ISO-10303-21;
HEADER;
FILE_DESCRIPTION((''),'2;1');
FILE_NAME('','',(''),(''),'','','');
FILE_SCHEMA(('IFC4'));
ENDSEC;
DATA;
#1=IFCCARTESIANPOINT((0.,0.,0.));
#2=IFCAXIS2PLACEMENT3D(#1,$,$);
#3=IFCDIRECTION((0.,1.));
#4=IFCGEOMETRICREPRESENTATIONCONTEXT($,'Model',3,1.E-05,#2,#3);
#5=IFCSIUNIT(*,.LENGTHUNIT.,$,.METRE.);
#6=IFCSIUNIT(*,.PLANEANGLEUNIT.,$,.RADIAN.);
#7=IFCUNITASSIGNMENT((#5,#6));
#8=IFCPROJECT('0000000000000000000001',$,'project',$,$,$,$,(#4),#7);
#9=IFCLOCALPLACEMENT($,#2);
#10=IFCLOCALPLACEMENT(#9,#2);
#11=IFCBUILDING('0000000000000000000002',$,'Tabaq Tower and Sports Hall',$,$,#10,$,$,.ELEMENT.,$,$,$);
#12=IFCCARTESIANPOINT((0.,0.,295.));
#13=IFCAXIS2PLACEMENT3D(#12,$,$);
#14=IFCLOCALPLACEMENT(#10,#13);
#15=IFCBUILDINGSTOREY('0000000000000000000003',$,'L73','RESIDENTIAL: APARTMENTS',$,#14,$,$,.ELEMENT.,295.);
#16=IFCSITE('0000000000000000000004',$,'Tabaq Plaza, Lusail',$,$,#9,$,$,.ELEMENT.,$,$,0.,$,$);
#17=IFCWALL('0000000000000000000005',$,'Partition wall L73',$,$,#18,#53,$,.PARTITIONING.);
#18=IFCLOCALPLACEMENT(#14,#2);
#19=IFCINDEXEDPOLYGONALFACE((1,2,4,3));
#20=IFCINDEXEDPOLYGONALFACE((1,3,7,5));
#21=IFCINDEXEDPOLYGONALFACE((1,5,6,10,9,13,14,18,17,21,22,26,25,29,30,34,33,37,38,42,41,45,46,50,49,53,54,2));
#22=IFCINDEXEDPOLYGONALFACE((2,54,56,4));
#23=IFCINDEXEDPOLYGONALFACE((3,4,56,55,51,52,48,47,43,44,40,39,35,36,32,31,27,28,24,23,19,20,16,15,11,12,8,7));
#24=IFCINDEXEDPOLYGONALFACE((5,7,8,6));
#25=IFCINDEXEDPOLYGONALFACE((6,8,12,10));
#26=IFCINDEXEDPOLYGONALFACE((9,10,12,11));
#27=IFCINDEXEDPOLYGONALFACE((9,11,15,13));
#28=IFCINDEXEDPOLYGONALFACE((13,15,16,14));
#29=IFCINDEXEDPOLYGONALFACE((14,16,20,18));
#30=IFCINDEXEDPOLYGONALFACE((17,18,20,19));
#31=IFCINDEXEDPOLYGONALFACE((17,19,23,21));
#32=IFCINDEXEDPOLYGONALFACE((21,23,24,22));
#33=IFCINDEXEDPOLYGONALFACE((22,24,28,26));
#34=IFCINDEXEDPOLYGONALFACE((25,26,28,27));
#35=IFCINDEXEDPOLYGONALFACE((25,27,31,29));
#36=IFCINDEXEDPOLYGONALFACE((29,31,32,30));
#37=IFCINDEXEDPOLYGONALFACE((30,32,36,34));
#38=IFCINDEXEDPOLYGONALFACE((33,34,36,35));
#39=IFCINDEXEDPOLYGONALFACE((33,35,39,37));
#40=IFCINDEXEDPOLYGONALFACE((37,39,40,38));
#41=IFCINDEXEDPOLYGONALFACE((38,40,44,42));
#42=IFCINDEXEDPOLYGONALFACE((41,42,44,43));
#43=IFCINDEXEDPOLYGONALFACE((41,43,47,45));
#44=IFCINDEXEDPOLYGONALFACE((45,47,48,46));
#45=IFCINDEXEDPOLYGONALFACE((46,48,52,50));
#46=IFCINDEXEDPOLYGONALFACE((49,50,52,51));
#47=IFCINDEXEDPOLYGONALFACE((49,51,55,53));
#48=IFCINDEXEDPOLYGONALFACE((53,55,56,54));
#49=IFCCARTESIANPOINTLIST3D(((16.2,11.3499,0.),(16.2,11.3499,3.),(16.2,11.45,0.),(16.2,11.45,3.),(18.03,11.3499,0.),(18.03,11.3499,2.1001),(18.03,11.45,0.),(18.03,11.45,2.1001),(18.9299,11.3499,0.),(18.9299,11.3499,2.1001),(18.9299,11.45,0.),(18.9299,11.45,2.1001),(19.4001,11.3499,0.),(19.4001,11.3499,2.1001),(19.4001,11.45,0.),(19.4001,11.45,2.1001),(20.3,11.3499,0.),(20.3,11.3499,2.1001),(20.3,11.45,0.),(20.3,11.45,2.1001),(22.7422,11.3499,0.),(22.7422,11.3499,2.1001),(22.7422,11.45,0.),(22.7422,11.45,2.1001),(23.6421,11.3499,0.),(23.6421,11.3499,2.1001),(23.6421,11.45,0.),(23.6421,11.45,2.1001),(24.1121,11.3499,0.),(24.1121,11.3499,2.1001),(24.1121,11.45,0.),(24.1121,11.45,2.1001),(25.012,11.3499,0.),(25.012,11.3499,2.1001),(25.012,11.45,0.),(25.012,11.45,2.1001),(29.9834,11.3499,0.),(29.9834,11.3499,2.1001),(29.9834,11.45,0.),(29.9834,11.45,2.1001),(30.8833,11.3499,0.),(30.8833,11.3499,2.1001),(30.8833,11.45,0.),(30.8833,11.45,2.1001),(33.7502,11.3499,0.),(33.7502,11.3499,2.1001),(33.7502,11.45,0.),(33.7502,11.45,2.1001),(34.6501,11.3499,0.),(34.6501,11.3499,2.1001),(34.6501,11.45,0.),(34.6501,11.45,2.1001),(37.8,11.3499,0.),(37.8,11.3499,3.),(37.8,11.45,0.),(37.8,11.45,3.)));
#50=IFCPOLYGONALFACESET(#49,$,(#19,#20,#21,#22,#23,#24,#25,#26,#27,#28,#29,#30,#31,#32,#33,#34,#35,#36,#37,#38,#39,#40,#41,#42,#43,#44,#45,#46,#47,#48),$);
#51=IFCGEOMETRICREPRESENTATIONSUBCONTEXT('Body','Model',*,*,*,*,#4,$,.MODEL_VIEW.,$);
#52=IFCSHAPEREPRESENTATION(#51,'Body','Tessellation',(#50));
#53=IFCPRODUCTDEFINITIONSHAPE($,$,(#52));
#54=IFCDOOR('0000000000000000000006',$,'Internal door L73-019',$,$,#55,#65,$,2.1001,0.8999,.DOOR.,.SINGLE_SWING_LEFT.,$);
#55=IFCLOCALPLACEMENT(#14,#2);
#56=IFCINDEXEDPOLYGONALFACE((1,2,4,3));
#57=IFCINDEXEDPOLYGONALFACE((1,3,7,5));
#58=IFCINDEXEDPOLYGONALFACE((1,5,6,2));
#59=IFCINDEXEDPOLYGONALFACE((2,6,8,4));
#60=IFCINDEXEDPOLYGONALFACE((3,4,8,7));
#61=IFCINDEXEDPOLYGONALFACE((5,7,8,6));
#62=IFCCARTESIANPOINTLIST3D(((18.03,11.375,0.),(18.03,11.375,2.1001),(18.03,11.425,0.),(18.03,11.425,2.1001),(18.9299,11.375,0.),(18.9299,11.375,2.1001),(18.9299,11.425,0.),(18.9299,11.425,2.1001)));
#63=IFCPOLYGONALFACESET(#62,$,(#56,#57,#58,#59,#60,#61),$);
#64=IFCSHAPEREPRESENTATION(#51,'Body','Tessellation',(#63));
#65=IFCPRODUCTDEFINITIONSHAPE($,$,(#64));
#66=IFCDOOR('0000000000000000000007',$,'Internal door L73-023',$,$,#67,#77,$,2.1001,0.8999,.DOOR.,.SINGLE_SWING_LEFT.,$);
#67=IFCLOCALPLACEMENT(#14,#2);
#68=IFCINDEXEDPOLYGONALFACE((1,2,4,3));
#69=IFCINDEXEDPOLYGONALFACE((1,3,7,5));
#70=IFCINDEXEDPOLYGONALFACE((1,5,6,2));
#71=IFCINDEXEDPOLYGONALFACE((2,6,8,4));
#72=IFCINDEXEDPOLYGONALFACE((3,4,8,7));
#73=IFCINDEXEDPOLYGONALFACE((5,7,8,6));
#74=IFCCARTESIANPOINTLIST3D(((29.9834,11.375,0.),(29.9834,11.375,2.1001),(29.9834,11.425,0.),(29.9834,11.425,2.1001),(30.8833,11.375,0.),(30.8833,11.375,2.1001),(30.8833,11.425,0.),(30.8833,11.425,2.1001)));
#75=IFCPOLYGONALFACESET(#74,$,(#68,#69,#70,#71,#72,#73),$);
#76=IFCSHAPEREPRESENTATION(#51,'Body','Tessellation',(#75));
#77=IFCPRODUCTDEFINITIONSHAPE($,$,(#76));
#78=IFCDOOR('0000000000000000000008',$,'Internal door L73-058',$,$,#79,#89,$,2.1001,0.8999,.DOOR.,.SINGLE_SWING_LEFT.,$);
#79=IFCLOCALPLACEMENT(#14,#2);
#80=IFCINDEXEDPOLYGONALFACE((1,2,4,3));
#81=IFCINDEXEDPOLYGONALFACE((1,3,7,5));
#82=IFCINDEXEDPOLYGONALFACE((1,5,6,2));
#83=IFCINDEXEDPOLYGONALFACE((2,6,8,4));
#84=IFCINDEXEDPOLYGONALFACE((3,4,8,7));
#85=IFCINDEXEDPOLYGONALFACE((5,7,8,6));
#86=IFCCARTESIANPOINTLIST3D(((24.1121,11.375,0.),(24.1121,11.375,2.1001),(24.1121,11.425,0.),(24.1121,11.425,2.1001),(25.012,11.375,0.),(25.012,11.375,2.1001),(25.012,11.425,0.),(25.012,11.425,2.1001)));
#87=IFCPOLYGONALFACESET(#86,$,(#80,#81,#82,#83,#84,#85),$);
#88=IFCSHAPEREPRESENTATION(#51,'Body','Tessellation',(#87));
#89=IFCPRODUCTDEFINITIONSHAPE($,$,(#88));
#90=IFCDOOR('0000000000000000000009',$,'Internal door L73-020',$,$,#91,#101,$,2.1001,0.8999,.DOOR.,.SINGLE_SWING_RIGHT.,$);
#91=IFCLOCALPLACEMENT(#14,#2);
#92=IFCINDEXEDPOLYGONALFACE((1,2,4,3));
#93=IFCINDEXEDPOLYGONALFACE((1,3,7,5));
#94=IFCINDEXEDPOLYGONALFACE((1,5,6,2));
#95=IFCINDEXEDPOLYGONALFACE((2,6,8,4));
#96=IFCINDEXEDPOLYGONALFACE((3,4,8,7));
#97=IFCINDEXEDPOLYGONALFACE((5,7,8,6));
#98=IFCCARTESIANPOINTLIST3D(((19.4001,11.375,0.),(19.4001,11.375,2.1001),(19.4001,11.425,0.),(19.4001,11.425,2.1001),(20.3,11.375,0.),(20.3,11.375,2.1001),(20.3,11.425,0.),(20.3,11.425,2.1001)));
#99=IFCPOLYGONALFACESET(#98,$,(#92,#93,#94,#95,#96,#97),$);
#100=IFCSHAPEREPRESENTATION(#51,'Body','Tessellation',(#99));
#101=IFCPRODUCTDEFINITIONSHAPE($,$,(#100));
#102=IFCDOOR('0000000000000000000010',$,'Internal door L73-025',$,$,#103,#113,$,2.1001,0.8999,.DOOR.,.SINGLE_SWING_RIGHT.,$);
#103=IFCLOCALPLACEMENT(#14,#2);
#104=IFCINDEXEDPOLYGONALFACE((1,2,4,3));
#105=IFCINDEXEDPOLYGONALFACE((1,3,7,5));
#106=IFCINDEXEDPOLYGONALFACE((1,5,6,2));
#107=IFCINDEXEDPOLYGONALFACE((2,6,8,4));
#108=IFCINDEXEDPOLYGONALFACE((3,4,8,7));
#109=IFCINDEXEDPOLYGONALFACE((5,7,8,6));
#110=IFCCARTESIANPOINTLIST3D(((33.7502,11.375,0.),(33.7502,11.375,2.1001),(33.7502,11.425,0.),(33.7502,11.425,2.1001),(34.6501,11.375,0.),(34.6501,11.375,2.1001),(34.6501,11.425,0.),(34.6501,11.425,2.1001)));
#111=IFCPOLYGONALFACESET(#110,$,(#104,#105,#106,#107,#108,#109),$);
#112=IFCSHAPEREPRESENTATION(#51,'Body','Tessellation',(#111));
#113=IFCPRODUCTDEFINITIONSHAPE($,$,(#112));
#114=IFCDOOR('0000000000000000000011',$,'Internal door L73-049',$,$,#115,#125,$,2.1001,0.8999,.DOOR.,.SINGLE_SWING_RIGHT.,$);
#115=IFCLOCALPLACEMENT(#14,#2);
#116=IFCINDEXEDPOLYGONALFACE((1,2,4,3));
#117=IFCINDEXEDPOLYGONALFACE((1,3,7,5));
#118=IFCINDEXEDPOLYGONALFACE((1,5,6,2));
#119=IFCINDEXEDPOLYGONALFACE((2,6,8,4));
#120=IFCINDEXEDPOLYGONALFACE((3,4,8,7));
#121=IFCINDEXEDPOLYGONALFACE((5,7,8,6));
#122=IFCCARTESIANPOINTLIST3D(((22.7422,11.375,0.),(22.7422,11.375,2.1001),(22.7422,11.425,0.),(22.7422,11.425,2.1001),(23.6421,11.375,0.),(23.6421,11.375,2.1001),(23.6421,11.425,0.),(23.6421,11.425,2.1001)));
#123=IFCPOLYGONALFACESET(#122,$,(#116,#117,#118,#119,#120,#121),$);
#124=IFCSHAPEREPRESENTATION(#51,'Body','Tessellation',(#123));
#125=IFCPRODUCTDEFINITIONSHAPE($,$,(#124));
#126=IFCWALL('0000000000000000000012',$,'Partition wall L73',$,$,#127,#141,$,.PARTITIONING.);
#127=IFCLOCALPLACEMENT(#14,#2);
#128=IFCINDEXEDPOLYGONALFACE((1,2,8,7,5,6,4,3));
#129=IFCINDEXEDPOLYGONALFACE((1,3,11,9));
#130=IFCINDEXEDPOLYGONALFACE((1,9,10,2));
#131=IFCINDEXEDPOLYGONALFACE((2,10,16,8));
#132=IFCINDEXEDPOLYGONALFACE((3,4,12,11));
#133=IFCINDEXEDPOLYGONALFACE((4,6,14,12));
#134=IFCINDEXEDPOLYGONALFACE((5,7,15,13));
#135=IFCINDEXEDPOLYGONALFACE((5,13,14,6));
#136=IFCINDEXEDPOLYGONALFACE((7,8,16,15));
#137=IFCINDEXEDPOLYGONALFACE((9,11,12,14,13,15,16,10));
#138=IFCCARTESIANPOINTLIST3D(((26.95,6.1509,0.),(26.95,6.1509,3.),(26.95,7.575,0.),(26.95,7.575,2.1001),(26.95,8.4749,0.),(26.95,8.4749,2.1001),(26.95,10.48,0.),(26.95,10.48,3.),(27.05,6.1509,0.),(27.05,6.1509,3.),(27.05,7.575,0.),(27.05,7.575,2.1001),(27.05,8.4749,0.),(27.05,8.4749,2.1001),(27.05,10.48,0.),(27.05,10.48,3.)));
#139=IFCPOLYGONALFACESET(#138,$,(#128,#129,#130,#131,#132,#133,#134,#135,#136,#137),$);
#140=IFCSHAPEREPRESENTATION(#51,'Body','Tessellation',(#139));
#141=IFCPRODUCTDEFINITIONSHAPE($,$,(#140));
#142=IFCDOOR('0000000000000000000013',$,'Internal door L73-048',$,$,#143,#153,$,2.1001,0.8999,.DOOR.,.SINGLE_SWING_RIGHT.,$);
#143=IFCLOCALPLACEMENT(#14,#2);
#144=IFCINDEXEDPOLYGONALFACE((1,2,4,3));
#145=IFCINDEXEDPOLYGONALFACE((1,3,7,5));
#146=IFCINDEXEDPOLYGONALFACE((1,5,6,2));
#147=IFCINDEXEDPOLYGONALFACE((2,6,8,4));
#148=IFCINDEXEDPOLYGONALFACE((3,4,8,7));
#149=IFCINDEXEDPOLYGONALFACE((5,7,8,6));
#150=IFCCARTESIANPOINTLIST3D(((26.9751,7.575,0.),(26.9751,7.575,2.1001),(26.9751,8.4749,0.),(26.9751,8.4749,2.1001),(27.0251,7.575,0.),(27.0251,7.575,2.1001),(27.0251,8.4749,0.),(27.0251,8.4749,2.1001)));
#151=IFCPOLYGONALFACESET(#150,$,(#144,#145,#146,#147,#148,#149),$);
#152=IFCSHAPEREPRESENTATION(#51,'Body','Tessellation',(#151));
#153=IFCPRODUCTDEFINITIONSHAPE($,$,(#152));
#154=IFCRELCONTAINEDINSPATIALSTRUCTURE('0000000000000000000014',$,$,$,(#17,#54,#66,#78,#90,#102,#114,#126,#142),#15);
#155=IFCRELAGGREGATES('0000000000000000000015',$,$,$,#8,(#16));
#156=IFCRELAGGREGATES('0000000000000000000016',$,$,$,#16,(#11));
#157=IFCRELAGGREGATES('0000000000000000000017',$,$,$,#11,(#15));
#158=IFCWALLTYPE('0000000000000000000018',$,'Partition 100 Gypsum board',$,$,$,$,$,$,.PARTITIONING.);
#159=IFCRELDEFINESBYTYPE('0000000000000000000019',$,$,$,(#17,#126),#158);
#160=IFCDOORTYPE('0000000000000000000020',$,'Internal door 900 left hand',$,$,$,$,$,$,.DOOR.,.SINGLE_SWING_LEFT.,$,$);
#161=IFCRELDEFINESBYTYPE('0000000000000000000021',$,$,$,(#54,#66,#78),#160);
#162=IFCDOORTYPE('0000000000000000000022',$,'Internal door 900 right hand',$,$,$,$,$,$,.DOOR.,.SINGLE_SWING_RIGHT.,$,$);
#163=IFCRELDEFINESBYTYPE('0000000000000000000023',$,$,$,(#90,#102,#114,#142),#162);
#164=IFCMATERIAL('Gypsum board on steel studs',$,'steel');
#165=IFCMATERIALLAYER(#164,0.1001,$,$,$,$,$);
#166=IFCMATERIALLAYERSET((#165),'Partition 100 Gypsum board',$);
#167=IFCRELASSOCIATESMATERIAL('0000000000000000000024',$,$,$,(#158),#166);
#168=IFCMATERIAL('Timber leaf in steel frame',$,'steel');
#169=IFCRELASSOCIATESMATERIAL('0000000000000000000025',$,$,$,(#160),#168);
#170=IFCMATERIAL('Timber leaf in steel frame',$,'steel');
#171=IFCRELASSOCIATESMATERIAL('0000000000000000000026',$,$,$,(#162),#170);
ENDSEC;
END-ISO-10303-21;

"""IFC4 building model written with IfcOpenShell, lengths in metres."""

from ifc_helpers import new_model, si_unit, direction, frame, frame_2d, origin, place, context, subcontext, project, spatial, rectangle, extrude, material, layer, layer_set, type_object, element, fill, save


model = new_model("IFC4")

# Units and contexts
model_context = context("Model", 3, precision=1e-05, world=origin(), true_north=direction((0.0, 1.0)))
body_context = subcontext(model_context, "Body", "Model", "MODEL_VIEW")
ifc_project = project(units=[si_unit("LENGTHUNIT", "METRE"), si_unit("PLANEANGLEUNIT", "RADIAN")], contexts=[model_context])

# Site, building, storey
site_placement = place(None, origin())
site = spatial("IfcSite", under=ifc_project, at=site_placement, Name="Tabaq Plaza, Lusail", CompositionType="ELEMENT", RefElevation=0.0)
building_placement = place(site_placement, origin())
building = spatial("IfcBuilding", under=site, at=building_placement, Name="Tabaq Tower and Sports Hall", CompositionType="ELEMENT")
storey_placement = place(building_placement, frame((0.0, 0.0, 295.0)))
storey = spatial("IfcBuildingStorey", under=building, at=storey_placement, Name="L73", Description="RESIDENTIAL: APARTMENTS", CompositionType="ELEMENT", Elevation=295.0)

# Wall, openings, doors
ifc_material_1 = material(Name="Gypsum board on steel studs", Category="steel")
ifc_layer_1 = layer(ifc_material_1, 0.1001)
ifc_layer_set_1 = layer_set([ifc_layer_1], Name="Partition 100 Gypsum board")
wall_type_1 = type_object("IfcWallType", Name="Partition 100 Gypsum board", PredefinedType="PARTITIONING", material=ifc_layer_set_1)
wall_1_placement = place(storey_placement, frame((37.8, 11.3999, 0.0), z_axis=(0.0, 0.0, 1.0), x_axis=(-1.0, 0.0, 0.0)))
wall_1 = element("IfcWall", 1, at=wall_1_placement, inside=storey, type_object=wall_type_1, Name="Partition wall L73", PredefinedType="PARTITIONING", context=body_context, shape_type="SweptSolid", body=[
    extrude(rectangle(XDim=21.6001, YDim=0.1001, at=frame_2d((10.8, 0.0))), origin(), (0.0, 0.0, 1.0), 3.0),
])
opening_1_placement = place(wall_1_placement, frame((18.8701, 0.0, 0.0)))
opening_1 = element("IfcOpeningElement", 2, at=opening_1_placement, cuts=wall_1, PredefinedType="OPENING", context=body_context, shape_type="SweptSolid", body=[
    extrude(rectangle(XDim=0.8999, YDim=2.1001, at=frame_2d((0.45, 1.05))), frame((0.0, 0.05, 0.0), z_axis=(0.0, -1.0, 0.0), x_axis=(1.0, 0.0, 0.0)), (0.0, 0.0, 1.0), 0.1001),
])
opening_2_placement = place(wall_1_placement, frame((17.5, 0.0, 0.0)))
opening_2 = element("IfcOpeningElement", 3, at=opening_2_placement, cuts=wall_1, PredefinedType="OPENING", context=body_context, shape_type="SweptSolid", body=[
    extrude(rectangle(XDim=0.8999, YDim=2.1001, at=frame_2d((0.45, 1.05))), frame((0.0, 0.05, 0.0), z_axis=(0.0, -1.0, 0.0), x_axis=(1.0, 0.0, 0.0)), (0.0, 0.0, 1.0), 0.1001),
])
opening_3_placement = place(wall_1_placement, frame((6.9167, 0.0, 0.0)))
opening_3 = element("IfcOpeningElement", 4, at=opening_3_placement, cuts=wall_1, PredefinedType="OPENING", context=body_context, shape_type="SweptSolid", body=[
    extrude(rectangle(XDim=0.8999, YDim=2.1001, at=frame_2d((0.45, 1.05))), frame((0.0, 0.05, 0.0), z_axis=(0.0, -1.0, 0.0), x_axis=(1.0, 0.0, 0.0)), (0.0, 0.0, 1.0), 0.1001),
])
opening_4_placement = place(wall_1_placement, frame((3.1499, 0.0, 0.0)))
opening_4 = element("IfcOpeningElement", 5, at=opening_4_placement, cuts=wall_1, PredefinedType="OPENING", context=body_context, shape_type="SweptSolid", body=[
    extrude(rectangle(XDim=0.8999, YDim=2.1001, at=frame_2d((0.45, 1.05))), frame((0.0, 0.05, 0.0), z_axis=(0.0, -1.0, 0.0), x_axis=(1.0, 0.0, 0.0)), (0.0, 0.0, 1.0), 0.1001),
])
opening_5_placement = place(wall_1_placement, frame((14.158, 0.0, 0.0)))
opening_5 = element("IfcOpeningElement", 6, at=opening_5_placement, cuts=wall_1, PredefinedType="OPENING", context=body_context, shape_type="SweptSolid", body=[
    extrude(rectangle(XDim=0.8999, YDim=2.1001, at=frame_2d((0.45, 1.05))), frame((0.0, 0.05, 0.0), z_axis=(0.0, -1.0, 0.0), x_axis=(1.0, 0.0, 0.0)), (0.0, 0.0, 1.0), 0.1001),
])
opening_6_placement = place(wall_1_placement, frame((12.7881, 0.0, 0.0)))
opening_6 = element("IfcOpeningElement", 7, at=opening_6_placement, cuts=wall_1, PredefinedType="OPENING", context=body_context, shape_type="SweptSolid", body=[
    extrude(rectangle(XDim=0.8999, YDim=2.1001, at=frame_2d((0.45, 1.05))), frame((0.0, 0.05, 0.0), z_axis=(0.0, -1.0, 0.0), x_axis=(1.0, 0.0, 0.0)), (0.0, 0.0, 1.0), 0.1001),
])
ifc_material_2 = material(Name="Timber leaf in steel frame", Category="steel")
door_type_1 = type_object("IfcDoorType", Name="Internal door 900 left hand", OperationType="SINGLE_SWING_LEFT", PredefinedType="DOOR", material=ifc_material_2)
door_1_placement = place(opening_1_placement, origin())
door_1 = element("IfcDoor", 8, at=door_1_placement, inside=storey, type_object=door_type_1, Name="Internal door L73-019", OperationType="SINGLE_SWING_LEFT", OverallHeight=2.1001, OverallWidth=0.8999, PredefinedType="DOOR", context=body_context, shape_type="SweptSolid", body=[
    extrude(rectangle(XDim=0.8999, YDim=2.1001, at=frame_2d((0.45, 1.05))), frame((0.0, 0.0249, 0.0), z_axis=(0.0, -1.0, 0.0), x_axis=(1.0, 0.0, 0.0)), (0.0, 0.0, 1.0), 0.05),
])
fill(opening_1, door_1)
door_2_placement = place(opening_3_placement, origin())
door_2 = element("IfcDoor", 9, at=door_2_placement, inside=storey, type_object=door_type_1, Name="Internal door L73-023", OperationType="SINGLE_SWING_LEFT", OverallHeight=2.1001, OverallWidth=0.8999, PredefinedType="DOOR", context=body_context, shape_type="SweptSolid", body=[
    extrude(rectangle(XDim=0.8999, YDim=2.1001, at=frame_2d((0.45, 1.05))), frame((0.0, 0.0249, 0.0), z_axis=(0.0, -1.0, 0.0), x_axis=(1.0, 0.0, 0.0)), (0.0, 0.0, 1.0), 0.05),
])
fill(opening_3, door_2)
door_3_placement = place(opening_6_placement, origin())
door_3 = element("IfcDoor", 10, at=door_3_placement, inside=storey, type_object=door_type_1, Name="Internal door L73-058", OperationType="SINGLE_SWING_LEFT", OverallHeight=2.1001, OverallWidth=0.8999, PredefinedType="DOOR", context=body_context, shape_type="SweptSolid", body=[
    extrude(rectangle(XDim=0.8999, YDim=2.1001, at=frame_2d((0.45, 1.05))), frame((0.0, 0.0249, 0.0), z_axis=(0.0, -1.0, 0.0), x_axis=(1.0, 0.0, 0.0)), (0.0, 0.0, 1.0), 0.05),
])
fill(opening_6, door_3)
ifc_material_3 = material(Name="Timber leaf in steel frame", Category="steel")
door_type_2 = type_object("IfcDoorType", Name="Internal door 900 right hand", OperationType="SINGLE_SWING_RIGHT", PredefinedType="DOOR", material=ifc_material_3)
door_4_placement = place(opening_2_placement, origin())
door_4 = element("IfcDoor", 11, at=door_4_placement, inside=storey, type_object=door_type_2, Name="Internal door L73-020", OperationType="SINGLE_SWING_RIGHT", OverallHeight=2.1001, OverallWidth=0.8999, PredefinedType="DOOR", context=body_context, shape_type="SweptSolid", body=[
    extrude(rectangle(XDim=0.8999, YDim=2.1001, at=frame_2d((0.45, 1.05))), frame((0.0, 0.0249, 0.0), z_axis=(0.0, -1.0, 0.0), x_axis=(1.0, 0.0, 0.0)), (0.0, 0.0, 1.0), 0.05),
])
fill(opening_2, door_4)
door_5_placement = place(opening_4_placement, origin())
door_5 = element("IfcDoor", 12, at=door_5_placement, inside=storey, type_object=door_type_2, Name="Internal door L73-025", OperationType="SINGLE_SWING_RIGHT", OverallHeight=2.1001, OverallWidth=0.8999, PredefinedType="DOOR", context=body_context, shape_type="SweptSolid", body=[
    extrude(rectangle(XDim=0.8999, YDim=2.1001, at=frame_2d((0.45, 1.05))), frame((0.0, 0.0249, 0.0), z_axis=(0.0, -1.0, 0.0), x_axis=(1.0, 0.0, 0.0)), (0.0, 0.0, 1.0), 0.05),
])
fill(opening_4, door_5)
door_6_placement = place(opening_5_placement, origin())
door_6 = element("IfcDoor", 13, at=door_6_placement, inside=storey, type_object=door_type_2, Name="Internal door L73-049", OperationType="SINGLE_SWING_RIGHT", OverallHeight=2.1001, OverallWidth=0.8999, PredefinedType="DOOR", context=body_context, shape_type="SweptSolid", body=[
    extrude(rectangle(XDim=0.8999, YDim=2.1001, at=frame_2d((0.45, 1.05))), frame((0.0, 0.0249, 0.0), z_axis=(0.0, -1.0, 0.0), x_axis=(1.0, 0.0, 0.0)), (0.0, 0.0, 1.0), 0.05),
])
fill(opening_5, door_6)

# Wall, opening, door
wall_2_placement = place(storey_placement, frame((27.0, 6.1509, 0.0), z_axis=(0.0, 0.0, 1.0), x_axis=(0.0, 1.0, 0.0)))
wall_2 = element("IfcWall", 14, at=wall_2_placement, inside=storey, type_object=wall_type_1, Name="Partition wall L73", PredefinedType="PARTITIONING", context=body_context, shape_type="SweptSolid", body=[
    extrude(rectangle(XDim=4.3291, YDim=0.1001, at=frame_2d((2.1646, 0.0))), origin(), (0.0, 0.0, 1.0), 3.0),
])
opening_7_placement = place(wall_2_placement, frame((1.4241, 0.0, 0.0)))
opening_7 = element("IfcOpeningElement", 15, at=opening_7_placement, cuts=wall_2, PredefinedType="OPENING", context=body_context, shape_type="SweptSolid", body=[
    extrude(rectangle(XDim=0.8999, YDim=2.1001, at=frame_2d((0.45, 1.05))), frame((0.0, 0.05, 0.0), z_axis=(0.0, -1.0, 0.0), x_axis=(1.0, 0.0, 0.0)), (0.0, 0.0, 1.0), 0.1001),
])
door_7_placement = place(opening_7_placement, origin())
door_7 = element("IfcDoor", 16, at=door_7_placement, inside=storey, type_object=door_type_2, Name="Internal door L73-048", OperationType="SINGLE_SWING_RIGHT", OverallHeight=2.1001, OverallWidth=0.8999, PredefinedType="DOOR", context=body_context, shape_type="SweptSolid", body=[
    extrude(rectangle(XDim=0.8999, YDim=2.1001, at=frame_2d((0.45, 1.05))), frame((0.0, 0.0249, 0.0), z_axis=(0.0, -1.0, 0.0), x_axis=(1.0, 0.0, 0.0)), (0.0, 0.0, 1.0), 0.05),
])
fill(opening_7, door_7)

save(model, "model.ifc")
